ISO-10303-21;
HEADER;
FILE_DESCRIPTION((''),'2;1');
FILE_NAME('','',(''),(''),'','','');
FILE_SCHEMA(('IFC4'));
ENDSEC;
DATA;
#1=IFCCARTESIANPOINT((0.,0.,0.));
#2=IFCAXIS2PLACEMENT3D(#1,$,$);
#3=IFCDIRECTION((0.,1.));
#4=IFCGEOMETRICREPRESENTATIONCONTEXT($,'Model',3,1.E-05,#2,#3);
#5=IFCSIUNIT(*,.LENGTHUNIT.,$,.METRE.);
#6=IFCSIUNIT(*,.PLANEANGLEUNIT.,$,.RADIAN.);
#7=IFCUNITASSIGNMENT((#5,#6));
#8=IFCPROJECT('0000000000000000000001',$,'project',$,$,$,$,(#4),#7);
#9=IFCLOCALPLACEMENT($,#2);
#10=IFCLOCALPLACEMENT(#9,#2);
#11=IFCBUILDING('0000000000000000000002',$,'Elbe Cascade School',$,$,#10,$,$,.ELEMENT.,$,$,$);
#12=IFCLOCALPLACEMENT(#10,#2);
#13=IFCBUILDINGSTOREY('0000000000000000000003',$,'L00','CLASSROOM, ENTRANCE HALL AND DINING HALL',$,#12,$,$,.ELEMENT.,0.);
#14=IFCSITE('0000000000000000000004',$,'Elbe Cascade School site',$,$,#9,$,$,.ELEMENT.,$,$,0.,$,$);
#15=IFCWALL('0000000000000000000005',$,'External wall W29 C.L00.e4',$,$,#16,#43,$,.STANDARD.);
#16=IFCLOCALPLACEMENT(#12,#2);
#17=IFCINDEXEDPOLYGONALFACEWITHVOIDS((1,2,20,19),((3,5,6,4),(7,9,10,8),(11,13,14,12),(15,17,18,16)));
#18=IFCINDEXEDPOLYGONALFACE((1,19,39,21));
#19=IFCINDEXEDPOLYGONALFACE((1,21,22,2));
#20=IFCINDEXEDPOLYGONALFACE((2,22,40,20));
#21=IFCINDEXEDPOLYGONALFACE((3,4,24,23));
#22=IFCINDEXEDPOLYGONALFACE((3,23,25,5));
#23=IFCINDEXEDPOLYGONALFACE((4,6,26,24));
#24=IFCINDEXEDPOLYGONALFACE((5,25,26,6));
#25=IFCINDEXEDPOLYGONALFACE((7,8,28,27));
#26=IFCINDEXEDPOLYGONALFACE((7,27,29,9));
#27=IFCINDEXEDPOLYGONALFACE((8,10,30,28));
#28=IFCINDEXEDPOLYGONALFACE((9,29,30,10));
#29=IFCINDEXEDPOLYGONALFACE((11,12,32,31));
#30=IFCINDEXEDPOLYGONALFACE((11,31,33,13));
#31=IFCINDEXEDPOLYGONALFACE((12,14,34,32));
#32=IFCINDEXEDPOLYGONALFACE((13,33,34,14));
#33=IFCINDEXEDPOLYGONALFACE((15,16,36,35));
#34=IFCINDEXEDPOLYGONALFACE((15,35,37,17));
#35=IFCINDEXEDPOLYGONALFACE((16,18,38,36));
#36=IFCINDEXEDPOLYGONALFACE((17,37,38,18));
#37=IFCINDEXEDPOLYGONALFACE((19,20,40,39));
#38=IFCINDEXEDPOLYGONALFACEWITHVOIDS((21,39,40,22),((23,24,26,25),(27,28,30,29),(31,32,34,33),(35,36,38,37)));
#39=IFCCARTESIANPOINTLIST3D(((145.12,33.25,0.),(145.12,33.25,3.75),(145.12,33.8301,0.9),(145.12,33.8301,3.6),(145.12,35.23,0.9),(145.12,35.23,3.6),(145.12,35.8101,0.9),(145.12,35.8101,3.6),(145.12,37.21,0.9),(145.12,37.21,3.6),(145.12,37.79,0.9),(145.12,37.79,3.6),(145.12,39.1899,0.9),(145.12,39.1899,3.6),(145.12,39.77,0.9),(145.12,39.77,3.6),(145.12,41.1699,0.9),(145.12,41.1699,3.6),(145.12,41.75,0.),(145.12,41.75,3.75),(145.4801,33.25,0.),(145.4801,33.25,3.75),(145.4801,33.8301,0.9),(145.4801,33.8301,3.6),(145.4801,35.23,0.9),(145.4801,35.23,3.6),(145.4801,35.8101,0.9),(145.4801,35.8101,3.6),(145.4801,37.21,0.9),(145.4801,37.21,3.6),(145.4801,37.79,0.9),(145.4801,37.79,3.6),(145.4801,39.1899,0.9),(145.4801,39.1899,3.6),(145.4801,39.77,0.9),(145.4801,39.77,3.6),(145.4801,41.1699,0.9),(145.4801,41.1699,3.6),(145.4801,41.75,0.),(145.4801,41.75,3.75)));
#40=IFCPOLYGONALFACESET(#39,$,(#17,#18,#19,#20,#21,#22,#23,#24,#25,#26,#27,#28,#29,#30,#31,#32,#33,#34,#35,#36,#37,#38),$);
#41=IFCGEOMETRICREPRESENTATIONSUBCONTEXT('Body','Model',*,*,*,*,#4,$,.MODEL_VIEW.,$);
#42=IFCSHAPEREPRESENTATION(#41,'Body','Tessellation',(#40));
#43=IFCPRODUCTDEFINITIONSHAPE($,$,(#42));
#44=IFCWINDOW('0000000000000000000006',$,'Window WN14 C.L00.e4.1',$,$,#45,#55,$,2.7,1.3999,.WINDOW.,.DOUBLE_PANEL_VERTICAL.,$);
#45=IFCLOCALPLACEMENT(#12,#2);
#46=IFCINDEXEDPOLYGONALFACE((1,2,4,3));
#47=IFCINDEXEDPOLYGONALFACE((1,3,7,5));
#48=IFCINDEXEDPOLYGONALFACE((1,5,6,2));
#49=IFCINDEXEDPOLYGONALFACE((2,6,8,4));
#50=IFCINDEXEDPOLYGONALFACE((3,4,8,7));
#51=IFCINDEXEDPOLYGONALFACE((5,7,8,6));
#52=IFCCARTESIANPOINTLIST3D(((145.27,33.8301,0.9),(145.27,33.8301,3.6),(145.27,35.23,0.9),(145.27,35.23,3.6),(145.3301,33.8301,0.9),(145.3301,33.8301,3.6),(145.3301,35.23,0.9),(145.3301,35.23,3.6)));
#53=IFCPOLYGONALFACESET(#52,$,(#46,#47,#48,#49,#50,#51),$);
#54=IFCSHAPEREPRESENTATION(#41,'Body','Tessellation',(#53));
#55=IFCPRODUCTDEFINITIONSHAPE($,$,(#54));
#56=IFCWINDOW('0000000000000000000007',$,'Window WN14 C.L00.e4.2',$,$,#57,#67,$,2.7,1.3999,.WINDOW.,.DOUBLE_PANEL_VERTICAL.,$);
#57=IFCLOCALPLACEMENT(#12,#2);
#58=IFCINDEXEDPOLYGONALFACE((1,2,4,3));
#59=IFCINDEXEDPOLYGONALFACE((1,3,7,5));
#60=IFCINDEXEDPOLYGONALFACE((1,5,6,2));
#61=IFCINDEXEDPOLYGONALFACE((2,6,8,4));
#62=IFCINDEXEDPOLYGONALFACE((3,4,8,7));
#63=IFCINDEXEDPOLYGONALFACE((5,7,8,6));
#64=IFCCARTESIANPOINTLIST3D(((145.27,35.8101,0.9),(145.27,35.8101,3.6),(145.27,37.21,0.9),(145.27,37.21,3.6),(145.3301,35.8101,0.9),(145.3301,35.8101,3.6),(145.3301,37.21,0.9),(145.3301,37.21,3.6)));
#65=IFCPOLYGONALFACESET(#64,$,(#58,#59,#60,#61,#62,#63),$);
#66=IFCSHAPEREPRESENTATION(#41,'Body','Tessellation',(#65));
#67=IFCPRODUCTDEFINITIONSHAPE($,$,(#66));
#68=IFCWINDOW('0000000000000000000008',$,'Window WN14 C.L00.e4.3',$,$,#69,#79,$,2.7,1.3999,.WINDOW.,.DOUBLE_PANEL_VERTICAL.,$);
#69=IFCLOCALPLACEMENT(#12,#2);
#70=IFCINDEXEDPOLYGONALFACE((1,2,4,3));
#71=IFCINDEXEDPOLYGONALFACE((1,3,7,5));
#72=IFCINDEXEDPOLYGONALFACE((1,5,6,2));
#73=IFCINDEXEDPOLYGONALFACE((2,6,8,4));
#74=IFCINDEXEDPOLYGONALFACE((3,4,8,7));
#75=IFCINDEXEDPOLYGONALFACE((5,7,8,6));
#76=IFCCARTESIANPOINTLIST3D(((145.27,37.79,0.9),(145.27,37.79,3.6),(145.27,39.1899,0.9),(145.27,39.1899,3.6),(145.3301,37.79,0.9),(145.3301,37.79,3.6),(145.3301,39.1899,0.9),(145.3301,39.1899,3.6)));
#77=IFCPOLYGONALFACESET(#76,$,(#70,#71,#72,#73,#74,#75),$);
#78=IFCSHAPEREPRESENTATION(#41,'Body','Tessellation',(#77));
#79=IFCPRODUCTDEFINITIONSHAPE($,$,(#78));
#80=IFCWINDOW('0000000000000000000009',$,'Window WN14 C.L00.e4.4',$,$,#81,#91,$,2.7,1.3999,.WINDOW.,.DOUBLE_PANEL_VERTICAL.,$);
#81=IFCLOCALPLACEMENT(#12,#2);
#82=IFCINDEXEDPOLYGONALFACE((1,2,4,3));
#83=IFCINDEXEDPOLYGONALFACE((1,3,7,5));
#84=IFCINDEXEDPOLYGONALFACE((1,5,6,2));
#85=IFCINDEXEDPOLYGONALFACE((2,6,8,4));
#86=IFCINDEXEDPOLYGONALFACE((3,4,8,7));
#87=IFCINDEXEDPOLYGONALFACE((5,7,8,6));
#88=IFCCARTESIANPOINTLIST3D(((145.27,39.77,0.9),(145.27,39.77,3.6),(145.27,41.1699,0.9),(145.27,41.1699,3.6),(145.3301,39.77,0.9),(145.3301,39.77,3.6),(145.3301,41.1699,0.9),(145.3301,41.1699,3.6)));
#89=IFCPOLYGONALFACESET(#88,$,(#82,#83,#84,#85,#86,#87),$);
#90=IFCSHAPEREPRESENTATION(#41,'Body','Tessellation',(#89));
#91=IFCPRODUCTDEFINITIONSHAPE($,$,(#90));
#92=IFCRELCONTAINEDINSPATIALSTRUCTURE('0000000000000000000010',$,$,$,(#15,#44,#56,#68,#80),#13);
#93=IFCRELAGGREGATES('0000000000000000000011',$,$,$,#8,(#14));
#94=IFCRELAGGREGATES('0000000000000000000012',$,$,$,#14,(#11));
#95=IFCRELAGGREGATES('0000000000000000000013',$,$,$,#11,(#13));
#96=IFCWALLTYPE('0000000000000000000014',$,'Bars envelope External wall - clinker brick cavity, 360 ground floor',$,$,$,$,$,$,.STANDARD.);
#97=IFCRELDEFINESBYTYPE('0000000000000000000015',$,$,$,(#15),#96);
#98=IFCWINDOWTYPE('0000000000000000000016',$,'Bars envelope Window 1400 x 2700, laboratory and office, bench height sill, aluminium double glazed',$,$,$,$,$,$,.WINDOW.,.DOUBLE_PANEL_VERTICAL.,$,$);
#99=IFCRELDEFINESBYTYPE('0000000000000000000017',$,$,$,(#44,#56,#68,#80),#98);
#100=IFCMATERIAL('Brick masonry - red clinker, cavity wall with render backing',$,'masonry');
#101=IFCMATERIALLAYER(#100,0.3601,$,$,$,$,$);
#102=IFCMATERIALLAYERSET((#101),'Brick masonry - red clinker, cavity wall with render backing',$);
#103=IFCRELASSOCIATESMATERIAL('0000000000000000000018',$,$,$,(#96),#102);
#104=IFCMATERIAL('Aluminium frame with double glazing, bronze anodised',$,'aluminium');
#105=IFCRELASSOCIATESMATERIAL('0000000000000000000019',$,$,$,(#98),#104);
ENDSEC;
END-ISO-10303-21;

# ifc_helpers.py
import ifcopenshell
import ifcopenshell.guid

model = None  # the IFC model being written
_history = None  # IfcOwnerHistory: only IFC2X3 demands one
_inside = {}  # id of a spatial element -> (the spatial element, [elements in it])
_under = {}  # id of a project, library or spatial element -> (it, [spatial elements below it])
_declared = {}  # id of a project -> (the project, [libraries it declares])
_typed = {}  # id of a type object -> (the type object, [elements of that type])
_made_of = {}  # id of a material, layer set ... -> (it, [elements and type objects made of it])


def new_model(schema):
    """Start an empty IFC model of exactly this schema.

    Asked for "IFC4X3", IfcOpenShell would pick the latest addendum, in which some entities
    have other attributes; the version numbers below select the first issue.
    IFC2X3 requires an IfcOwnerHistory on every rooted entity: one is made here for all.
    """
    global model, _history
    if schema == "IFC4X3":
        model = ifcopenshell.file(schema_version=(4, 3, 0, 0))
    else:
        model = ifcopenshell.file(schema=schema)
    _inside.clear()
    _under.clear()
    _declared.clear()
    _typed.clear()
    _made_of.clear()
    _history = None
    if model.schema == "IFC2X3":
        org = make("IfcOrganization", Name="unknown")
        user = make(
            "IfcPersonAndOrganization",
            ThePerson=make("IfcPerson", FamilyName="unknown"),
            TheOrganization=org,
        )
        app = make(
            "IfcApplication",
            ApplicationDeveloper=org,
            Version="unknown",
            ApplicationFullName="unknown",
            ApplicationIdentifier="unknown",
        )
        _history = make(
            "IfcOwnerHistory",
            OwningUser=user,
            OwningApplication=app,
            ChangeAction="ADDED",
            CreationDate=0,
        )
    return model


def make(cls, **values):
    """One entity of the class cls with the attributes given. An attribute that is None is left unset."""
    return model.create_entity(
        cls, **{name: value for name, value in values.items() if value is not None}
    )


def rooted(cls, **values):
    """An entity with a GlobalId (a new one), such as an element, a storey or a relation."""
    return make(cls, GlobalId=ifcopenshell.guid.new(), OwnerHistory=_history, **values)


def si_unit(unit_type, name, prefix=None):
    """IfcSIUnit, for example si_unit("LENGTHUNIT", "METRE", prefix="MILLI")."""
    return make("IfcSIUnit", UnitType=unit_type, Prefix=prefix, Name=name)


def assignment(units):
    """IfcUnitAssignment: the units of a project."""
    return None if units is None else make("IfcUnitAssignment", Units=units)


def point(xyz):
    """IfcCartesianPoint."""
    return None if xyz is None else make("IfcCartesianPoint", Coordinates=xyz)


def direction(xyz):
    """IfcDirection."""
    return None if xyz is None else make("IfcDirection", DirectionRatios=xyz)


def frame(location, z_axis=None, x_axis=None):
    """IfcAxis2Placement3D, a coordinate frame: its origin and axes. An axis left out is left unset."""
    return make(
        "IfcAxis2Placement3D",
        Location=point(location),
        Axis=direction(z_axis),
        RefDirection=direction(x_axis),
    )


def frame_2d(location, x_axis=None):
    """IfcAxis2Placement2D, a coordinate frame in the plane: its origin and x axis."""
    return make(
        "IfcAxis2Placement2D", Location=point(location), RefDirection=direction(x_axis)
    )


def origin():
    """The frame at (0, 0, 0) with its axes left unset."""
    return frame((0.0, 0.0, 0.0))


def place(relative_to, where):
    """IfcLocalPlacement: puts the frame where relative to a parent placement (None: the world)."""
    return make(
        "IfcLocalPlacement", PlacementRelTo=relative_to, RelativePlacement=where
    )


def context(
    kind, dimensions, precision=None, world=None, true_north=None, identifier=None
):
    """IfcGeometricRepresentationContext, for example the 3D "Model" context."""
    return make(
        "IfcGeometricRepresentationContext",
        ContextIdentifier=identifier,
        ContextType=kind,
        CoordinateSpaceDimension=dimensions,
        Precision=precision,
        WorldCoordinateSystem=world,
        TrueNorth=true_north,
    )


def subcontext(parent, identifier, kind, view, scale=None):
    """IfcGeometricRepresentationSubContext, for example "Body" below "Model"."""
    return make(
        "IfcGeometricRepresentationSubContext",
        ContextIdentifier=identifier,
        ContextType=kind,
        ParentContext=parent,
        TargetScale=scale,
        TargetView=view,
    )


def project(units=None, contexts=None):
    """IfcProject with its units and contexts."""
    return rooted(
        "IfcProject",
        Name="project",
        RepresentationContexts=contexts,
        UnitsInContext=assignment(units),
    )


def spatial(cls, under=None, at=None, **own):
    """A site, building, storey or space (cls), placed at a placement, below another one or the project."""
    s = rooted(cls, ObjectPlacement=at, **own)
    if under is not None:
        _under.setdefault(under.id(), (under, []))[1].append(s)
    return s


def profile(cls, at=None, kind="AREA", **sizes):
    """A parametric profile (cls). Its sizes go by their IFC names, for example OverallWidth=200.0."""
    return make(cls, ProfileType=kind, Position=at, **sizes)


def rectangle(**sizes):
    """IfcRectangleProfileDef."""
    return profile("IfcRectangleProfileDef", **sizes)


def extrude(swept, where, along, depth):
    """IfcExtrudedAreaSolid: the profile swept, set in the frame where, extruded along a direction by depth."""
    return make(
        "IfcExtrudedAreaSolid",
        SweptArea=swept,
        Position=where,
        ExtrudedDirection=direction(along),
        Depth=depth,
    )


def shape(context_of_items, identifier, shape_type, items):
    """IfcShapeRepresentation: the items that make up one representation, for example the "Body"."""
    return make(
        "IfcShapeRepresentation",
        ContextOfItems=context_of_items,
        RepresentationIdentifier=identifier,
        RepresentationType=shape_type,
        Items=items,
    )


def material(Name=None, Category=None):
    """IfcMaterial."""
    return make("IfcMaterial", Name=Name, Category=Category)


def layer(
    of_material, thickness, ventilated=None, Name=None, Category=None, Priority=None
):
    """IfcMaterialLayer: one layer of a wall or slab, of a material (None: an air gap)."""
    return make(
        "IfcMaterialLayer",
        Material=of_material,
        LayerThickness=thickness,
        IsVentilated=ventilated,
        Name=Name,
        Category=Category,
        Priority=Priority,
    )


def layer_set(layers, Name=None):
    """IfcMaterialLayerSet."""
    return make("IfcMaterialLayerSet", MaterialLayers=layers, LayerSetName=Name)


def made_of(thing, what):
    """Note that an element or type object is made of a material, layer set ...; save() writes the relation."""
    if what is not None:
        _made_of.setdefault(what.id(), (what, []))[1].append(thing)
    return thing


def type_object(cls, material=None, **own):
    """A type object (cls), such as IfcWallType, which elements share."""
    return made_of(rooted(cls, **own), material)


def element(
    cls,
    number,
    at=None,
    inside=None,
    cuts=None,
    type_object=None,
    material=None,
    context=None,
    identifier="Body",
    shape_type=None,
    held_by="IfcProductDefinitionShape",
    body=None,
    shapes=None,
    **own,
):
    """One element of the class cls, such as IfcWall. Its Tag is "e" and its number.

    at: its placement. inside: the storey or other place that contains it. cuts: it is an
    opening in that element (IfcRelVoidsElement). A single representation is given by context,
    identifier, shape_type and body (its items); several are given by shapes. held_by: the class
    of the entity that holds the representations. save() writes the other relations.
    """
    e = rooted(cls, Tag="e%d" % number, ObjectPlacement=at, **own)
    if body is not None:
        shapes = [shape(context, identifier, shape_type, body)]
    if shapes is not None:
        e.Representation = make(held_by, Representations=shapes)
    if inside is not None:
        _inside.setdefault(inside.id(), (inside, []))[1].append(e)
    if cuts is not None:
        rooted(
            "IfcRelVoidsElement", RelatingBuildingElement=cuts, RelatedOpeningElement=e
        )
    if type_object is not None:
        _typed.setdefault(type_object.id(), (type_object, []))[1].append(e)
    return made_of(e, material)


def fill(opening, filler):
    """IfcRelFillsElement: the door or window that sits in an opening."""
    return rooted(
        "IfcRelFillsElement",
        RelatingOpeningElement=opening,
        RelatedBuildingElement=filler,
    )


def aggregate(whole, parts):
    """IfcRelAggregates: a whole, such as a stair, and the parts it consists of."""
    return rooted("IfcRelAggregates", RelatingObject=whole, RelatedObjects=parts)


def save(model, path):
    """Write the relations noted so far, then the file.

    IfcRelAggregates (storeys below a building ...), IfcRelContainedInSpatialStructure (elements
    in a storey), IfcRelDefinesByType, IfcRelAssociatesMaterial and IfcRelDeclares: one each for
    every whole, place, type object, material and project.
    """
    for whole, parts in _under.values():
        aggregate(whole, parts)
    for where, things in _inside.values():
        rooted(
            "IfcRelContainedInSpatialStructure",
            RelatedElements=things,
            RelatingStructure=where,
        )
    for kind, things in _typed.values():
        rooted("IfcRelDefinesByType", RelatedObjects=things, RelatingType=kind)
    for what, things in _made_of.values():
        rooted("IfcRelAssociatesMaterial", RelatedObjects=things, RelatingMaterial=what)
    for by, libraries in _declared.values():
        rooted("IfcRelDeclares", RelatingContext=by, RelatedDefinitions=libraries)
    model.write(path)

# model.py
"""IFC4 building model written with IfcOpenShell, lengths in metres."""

from ifc_helpers import new_model, si_unit, direction, frame, frame_2d, origin, place, context, subcontext, project, spatial, rectangle, extrude, material, layer, layer_set, type_object, element, fill, save


model = new_model("IFC4")

# Units and contexts
model_context = context("Model", 3, precision=1e-05, world=origin(), true_north=direction((0.0, 1.0)))
body_context = subcontext(model_context, "Body", "Model", "MODEL_VIEW")
ifc_project = project(units=[si_unit("LENGTHUNIT", "METRE"), si_unit("PLANEANGLEUNIT", "RADIAN")], contexts=[model_context])

# Site, building, storey
site_placement = place(None, origin())
site = spatial("IfcSite", under=ifc_project, at=site_placement, Name="Elbe Cascade School site", CompositionType="ELEMENT", RefElevation=0.0)
building_placement = place(site_placement, origin())
building = spatial("IfcBuilding", under=site, at=building_placement, Name="Elbe Cascade School", CompositionType="ELEMENT")
storey_placement = place(building_placement, origin())
storey = spatial("IfcBuildingStorey", under=building, at=storey_placement, Name="L00", Description="CLASSROOM, ENTRANCE HALL AND DINING HALL", CompositionType="ELEMENT", Elevation=0.0)

# Wall, openings, windows
ifc_material_1 = material(Name="Brick masonry - red clinker, cavity wall with render backing", Category="masonry")
ifc_layer_1 = layer(ifc_material_1, 0.3601)
ifc_layer_set_1 = layer_set([ifc_layer_1], Name="Brick masonry - red clinker, cavity wall with render backing")
wall_type_1 = type_object("IfcWallType", Name="Bars envelope External wall - clinker brick cavity, 360 ground floor", PredefinedType="STANDARD", material=ifc_layer_set_1)
wall_1_placement = place(storey_placement, frame((145.3, 41.75, 0.0), z_axis=(0.0, 0.0, 1.0), x_axis=(0.0, -1.0, 0.0)))
wall_1 = element("IfcWall", 1, at=wall_1_placement, inside=storey, type_object=wall_type_1, Name="External wall W29 C.L00.e4", PredefinedType="STANDARD", context=body_context, shape_type="SweptSolid", body=[
    extrude(rectangle(XDim=8.5, YDim=0.3601, at=frame_2d((4.25, 0.0))), origin(), (0.0, 0.0, 1.0), 3.75),
])
opening_1_placement = place(wall_1_placement, frame((6.52, 0.0, 0.8999)))
opening_1 = element("IfcOpeningElement", 2, at=opening_1_placement, cuts=wall_1, PredefinedType="OPENING", context=body_context, shape_type="SweptSolid", body=[
    extrude(rectangle(XDim=1.3999, YDim=2.7, at=frame_2d((0.7, 1.3501))), frame((0.0, 0.1899, 0.0), z_axis=(0.0, -1.0, 0.0), x_axis=(1.0, 0.0, 0.0)), (0.0, 0.0, 1.0), 0.3801),
])
opening_2_placement = place(wall_1_placement, frame((4.54, 0.0, 0.8999)))
opening_2 = element("IfcOpeningElement", 3, at=opening_2_placement, cuts=wall_1, PredefinedType="OPENING", context=body_context, shape_type="SweptSolid", body=[
    extrude(rectangle(XDim=1.3999, YDim=2.7, at=frame_2d((0.7, 1.3501))), frame((0.0, 0.1899, 0.0), z_axis=(0.0, -1.0, 0.0), x_axis=(1.0, 0.0, 0.0)), (0.0, 0.0, 1.0), 0.3801),
])
opening_3_placement = place(wall_1_placement, frame((2.5601, 0.0, 0.8999)))
opening_3 = element("IfcOpeningElement", 4, at=opening_3_placement, cuts=wall_1, PredefinedType="OPENING", context=body_context, shape_type="SweptSolid", body=[
    extrude(rectangle(XDim=1.3999, YDim=2.7, at=frame_2d((0.7, 1.3501))), frame((0.0, 0.1899, 0.0), z_axis=(0.0, -1.0, 0.0), x_axis=(1.0, 0.0, 0.0)), (0.0, 0.0, 1.0), 0.3801),
])
opening_4_placement = place(wall_1_placement, frame((0.5801, 0.0, 0.8999)))
opening_4 = element("IfcOpeningElement", 5, at=opening_4_placement, cuts=wall_1, PredefinedType="OPENING", context=body_context, shape_type="SweptSolid", body=[
    extrude(rectangle(XDim=1.3999, YDim=2.7, at=frame_2d((0.7, 1.3501))), frame((0.0, 0.1899, 0.0), z_axis=(0.0, -1.0, 0.0), x_axis=(1.0, 0.0, 0.0)), (0.0, 0.0, 1.0), 0.3801),
])
ifc_material_2 = material(Name="Aluminium frame with double glazing, bronze anodised", Category="aluminium")
window_type = type_object("IfcWindowType", Name="Bars envelope Window 1400 x 2700, laboratory and office, bench height sill, aluminium double glazed", PartitioningType="DOUBLE_PANEL_VERTICAL", PredefinedType="WINDOW", material=ifc_material_2)
window_1_placement = place(opening_1_placement, origin())
window_1 = element("IfcWindow", 6, at=window_1_placement, inside=storey, type_object=window_type, Name="Window WN14 C.L00.e4.1", OverallHeight=2.7, OverallWidth=1.3999, PartitioningType="DOUBLE_PANEL_VERTICAL", PredefinedType="WINDOW", context=body_context, shape_type="SweptSolid", body=[
    extrude(rectangle(XDim=1.3999, YDim=2.7, at=frame_2d((0.7, 1.3501))), frame((0.0, 0.03, 0.0), z_axis=(0.0, -1.0, 0.0), x_axis=(1.0, 0.0, 0.0)), (0.0, 0.0, 1.0), 0.0601),
])
fill(opening_1, window_1)
window_2_placement = place(opening_2_placement, origin())
window_2 = element("IfcWindow", 7, at=window_2_placement, inside=storey, type_object=window_type, Name="Window WN14 C.L00.e4.2", OverallHeight=2.7, OverallWidth=1.3999, PartitioningType="DOUBLE_PANEL_VERTICAL", PredefinedType="WINDOW", context=body_context, shape_type="SweptSolid", body=[
    extrude(rectangle(XDim=1.3999, YDim=2.7, at=frame_2d((0.7, 1.3501))), frame((0.0, 0.03, 0.0), z_axis=(0.0, -1.0, 0.0), x_axis=(1.0, 0.0, 0.0)), (0.0, 0.0, 1.0), 0.0601),
])
fill(opening_2, window_2)
window_3_placement = place(opening_3_placement, origin())
window_3 = element("IfcWindow", 8, at=window_3_placement, inside=storey, type_object=window_type, Name="Window WN14 C.L00.e4.3", OverallHeight=2.7, OverallWidth=1.3999, PartitioningType="DOUBLE_PANEL_VERTICAL", PredefinedType="WINDOW", context=body_context, shape_type="SweptSolid", body=[
    extrude(rectangle(XDim=1.3999, YDim=2.7, at=frame_2d((0.7, 1.3501))), frame((0.0, 0.03, 0.0), z_axis=(0.0, -1.0, 0.0), x_axis=(1.0, 0.0, 0.0)), (0.0, 0.0, 1.0), 0.0601),
])
fill(opening_3, window_3)
window_4_placement = place(opening_4_placement, origin())
window_4 = element("IfcWindow", 9, at=window_4_placement, inside=storey, type_object=window_type, Name="Window WN14 C.L00.e4.4", OverallHeight=2.7, OverallWidth=1.3999, PartitioningType="DOUBLE_PANEL_VERTICAL", PredefinedType="WINDOW", context=body_context, shape_type="SweptSolid", body=[
    extrude(rectangle(XDim=1.3999, YDim=2.7, at=frame_2d((0.7, 1.3501))), frame((0.0, 0.03, 0.0), z_axis=(0.0, -1.0, 0.0), x_axis=(1.0, 0.0, 0.0)), (0.0, 0.0, 1.0), 0.0601),
])
fill(opening_4, window_4)

save(model, "model.ifc")
